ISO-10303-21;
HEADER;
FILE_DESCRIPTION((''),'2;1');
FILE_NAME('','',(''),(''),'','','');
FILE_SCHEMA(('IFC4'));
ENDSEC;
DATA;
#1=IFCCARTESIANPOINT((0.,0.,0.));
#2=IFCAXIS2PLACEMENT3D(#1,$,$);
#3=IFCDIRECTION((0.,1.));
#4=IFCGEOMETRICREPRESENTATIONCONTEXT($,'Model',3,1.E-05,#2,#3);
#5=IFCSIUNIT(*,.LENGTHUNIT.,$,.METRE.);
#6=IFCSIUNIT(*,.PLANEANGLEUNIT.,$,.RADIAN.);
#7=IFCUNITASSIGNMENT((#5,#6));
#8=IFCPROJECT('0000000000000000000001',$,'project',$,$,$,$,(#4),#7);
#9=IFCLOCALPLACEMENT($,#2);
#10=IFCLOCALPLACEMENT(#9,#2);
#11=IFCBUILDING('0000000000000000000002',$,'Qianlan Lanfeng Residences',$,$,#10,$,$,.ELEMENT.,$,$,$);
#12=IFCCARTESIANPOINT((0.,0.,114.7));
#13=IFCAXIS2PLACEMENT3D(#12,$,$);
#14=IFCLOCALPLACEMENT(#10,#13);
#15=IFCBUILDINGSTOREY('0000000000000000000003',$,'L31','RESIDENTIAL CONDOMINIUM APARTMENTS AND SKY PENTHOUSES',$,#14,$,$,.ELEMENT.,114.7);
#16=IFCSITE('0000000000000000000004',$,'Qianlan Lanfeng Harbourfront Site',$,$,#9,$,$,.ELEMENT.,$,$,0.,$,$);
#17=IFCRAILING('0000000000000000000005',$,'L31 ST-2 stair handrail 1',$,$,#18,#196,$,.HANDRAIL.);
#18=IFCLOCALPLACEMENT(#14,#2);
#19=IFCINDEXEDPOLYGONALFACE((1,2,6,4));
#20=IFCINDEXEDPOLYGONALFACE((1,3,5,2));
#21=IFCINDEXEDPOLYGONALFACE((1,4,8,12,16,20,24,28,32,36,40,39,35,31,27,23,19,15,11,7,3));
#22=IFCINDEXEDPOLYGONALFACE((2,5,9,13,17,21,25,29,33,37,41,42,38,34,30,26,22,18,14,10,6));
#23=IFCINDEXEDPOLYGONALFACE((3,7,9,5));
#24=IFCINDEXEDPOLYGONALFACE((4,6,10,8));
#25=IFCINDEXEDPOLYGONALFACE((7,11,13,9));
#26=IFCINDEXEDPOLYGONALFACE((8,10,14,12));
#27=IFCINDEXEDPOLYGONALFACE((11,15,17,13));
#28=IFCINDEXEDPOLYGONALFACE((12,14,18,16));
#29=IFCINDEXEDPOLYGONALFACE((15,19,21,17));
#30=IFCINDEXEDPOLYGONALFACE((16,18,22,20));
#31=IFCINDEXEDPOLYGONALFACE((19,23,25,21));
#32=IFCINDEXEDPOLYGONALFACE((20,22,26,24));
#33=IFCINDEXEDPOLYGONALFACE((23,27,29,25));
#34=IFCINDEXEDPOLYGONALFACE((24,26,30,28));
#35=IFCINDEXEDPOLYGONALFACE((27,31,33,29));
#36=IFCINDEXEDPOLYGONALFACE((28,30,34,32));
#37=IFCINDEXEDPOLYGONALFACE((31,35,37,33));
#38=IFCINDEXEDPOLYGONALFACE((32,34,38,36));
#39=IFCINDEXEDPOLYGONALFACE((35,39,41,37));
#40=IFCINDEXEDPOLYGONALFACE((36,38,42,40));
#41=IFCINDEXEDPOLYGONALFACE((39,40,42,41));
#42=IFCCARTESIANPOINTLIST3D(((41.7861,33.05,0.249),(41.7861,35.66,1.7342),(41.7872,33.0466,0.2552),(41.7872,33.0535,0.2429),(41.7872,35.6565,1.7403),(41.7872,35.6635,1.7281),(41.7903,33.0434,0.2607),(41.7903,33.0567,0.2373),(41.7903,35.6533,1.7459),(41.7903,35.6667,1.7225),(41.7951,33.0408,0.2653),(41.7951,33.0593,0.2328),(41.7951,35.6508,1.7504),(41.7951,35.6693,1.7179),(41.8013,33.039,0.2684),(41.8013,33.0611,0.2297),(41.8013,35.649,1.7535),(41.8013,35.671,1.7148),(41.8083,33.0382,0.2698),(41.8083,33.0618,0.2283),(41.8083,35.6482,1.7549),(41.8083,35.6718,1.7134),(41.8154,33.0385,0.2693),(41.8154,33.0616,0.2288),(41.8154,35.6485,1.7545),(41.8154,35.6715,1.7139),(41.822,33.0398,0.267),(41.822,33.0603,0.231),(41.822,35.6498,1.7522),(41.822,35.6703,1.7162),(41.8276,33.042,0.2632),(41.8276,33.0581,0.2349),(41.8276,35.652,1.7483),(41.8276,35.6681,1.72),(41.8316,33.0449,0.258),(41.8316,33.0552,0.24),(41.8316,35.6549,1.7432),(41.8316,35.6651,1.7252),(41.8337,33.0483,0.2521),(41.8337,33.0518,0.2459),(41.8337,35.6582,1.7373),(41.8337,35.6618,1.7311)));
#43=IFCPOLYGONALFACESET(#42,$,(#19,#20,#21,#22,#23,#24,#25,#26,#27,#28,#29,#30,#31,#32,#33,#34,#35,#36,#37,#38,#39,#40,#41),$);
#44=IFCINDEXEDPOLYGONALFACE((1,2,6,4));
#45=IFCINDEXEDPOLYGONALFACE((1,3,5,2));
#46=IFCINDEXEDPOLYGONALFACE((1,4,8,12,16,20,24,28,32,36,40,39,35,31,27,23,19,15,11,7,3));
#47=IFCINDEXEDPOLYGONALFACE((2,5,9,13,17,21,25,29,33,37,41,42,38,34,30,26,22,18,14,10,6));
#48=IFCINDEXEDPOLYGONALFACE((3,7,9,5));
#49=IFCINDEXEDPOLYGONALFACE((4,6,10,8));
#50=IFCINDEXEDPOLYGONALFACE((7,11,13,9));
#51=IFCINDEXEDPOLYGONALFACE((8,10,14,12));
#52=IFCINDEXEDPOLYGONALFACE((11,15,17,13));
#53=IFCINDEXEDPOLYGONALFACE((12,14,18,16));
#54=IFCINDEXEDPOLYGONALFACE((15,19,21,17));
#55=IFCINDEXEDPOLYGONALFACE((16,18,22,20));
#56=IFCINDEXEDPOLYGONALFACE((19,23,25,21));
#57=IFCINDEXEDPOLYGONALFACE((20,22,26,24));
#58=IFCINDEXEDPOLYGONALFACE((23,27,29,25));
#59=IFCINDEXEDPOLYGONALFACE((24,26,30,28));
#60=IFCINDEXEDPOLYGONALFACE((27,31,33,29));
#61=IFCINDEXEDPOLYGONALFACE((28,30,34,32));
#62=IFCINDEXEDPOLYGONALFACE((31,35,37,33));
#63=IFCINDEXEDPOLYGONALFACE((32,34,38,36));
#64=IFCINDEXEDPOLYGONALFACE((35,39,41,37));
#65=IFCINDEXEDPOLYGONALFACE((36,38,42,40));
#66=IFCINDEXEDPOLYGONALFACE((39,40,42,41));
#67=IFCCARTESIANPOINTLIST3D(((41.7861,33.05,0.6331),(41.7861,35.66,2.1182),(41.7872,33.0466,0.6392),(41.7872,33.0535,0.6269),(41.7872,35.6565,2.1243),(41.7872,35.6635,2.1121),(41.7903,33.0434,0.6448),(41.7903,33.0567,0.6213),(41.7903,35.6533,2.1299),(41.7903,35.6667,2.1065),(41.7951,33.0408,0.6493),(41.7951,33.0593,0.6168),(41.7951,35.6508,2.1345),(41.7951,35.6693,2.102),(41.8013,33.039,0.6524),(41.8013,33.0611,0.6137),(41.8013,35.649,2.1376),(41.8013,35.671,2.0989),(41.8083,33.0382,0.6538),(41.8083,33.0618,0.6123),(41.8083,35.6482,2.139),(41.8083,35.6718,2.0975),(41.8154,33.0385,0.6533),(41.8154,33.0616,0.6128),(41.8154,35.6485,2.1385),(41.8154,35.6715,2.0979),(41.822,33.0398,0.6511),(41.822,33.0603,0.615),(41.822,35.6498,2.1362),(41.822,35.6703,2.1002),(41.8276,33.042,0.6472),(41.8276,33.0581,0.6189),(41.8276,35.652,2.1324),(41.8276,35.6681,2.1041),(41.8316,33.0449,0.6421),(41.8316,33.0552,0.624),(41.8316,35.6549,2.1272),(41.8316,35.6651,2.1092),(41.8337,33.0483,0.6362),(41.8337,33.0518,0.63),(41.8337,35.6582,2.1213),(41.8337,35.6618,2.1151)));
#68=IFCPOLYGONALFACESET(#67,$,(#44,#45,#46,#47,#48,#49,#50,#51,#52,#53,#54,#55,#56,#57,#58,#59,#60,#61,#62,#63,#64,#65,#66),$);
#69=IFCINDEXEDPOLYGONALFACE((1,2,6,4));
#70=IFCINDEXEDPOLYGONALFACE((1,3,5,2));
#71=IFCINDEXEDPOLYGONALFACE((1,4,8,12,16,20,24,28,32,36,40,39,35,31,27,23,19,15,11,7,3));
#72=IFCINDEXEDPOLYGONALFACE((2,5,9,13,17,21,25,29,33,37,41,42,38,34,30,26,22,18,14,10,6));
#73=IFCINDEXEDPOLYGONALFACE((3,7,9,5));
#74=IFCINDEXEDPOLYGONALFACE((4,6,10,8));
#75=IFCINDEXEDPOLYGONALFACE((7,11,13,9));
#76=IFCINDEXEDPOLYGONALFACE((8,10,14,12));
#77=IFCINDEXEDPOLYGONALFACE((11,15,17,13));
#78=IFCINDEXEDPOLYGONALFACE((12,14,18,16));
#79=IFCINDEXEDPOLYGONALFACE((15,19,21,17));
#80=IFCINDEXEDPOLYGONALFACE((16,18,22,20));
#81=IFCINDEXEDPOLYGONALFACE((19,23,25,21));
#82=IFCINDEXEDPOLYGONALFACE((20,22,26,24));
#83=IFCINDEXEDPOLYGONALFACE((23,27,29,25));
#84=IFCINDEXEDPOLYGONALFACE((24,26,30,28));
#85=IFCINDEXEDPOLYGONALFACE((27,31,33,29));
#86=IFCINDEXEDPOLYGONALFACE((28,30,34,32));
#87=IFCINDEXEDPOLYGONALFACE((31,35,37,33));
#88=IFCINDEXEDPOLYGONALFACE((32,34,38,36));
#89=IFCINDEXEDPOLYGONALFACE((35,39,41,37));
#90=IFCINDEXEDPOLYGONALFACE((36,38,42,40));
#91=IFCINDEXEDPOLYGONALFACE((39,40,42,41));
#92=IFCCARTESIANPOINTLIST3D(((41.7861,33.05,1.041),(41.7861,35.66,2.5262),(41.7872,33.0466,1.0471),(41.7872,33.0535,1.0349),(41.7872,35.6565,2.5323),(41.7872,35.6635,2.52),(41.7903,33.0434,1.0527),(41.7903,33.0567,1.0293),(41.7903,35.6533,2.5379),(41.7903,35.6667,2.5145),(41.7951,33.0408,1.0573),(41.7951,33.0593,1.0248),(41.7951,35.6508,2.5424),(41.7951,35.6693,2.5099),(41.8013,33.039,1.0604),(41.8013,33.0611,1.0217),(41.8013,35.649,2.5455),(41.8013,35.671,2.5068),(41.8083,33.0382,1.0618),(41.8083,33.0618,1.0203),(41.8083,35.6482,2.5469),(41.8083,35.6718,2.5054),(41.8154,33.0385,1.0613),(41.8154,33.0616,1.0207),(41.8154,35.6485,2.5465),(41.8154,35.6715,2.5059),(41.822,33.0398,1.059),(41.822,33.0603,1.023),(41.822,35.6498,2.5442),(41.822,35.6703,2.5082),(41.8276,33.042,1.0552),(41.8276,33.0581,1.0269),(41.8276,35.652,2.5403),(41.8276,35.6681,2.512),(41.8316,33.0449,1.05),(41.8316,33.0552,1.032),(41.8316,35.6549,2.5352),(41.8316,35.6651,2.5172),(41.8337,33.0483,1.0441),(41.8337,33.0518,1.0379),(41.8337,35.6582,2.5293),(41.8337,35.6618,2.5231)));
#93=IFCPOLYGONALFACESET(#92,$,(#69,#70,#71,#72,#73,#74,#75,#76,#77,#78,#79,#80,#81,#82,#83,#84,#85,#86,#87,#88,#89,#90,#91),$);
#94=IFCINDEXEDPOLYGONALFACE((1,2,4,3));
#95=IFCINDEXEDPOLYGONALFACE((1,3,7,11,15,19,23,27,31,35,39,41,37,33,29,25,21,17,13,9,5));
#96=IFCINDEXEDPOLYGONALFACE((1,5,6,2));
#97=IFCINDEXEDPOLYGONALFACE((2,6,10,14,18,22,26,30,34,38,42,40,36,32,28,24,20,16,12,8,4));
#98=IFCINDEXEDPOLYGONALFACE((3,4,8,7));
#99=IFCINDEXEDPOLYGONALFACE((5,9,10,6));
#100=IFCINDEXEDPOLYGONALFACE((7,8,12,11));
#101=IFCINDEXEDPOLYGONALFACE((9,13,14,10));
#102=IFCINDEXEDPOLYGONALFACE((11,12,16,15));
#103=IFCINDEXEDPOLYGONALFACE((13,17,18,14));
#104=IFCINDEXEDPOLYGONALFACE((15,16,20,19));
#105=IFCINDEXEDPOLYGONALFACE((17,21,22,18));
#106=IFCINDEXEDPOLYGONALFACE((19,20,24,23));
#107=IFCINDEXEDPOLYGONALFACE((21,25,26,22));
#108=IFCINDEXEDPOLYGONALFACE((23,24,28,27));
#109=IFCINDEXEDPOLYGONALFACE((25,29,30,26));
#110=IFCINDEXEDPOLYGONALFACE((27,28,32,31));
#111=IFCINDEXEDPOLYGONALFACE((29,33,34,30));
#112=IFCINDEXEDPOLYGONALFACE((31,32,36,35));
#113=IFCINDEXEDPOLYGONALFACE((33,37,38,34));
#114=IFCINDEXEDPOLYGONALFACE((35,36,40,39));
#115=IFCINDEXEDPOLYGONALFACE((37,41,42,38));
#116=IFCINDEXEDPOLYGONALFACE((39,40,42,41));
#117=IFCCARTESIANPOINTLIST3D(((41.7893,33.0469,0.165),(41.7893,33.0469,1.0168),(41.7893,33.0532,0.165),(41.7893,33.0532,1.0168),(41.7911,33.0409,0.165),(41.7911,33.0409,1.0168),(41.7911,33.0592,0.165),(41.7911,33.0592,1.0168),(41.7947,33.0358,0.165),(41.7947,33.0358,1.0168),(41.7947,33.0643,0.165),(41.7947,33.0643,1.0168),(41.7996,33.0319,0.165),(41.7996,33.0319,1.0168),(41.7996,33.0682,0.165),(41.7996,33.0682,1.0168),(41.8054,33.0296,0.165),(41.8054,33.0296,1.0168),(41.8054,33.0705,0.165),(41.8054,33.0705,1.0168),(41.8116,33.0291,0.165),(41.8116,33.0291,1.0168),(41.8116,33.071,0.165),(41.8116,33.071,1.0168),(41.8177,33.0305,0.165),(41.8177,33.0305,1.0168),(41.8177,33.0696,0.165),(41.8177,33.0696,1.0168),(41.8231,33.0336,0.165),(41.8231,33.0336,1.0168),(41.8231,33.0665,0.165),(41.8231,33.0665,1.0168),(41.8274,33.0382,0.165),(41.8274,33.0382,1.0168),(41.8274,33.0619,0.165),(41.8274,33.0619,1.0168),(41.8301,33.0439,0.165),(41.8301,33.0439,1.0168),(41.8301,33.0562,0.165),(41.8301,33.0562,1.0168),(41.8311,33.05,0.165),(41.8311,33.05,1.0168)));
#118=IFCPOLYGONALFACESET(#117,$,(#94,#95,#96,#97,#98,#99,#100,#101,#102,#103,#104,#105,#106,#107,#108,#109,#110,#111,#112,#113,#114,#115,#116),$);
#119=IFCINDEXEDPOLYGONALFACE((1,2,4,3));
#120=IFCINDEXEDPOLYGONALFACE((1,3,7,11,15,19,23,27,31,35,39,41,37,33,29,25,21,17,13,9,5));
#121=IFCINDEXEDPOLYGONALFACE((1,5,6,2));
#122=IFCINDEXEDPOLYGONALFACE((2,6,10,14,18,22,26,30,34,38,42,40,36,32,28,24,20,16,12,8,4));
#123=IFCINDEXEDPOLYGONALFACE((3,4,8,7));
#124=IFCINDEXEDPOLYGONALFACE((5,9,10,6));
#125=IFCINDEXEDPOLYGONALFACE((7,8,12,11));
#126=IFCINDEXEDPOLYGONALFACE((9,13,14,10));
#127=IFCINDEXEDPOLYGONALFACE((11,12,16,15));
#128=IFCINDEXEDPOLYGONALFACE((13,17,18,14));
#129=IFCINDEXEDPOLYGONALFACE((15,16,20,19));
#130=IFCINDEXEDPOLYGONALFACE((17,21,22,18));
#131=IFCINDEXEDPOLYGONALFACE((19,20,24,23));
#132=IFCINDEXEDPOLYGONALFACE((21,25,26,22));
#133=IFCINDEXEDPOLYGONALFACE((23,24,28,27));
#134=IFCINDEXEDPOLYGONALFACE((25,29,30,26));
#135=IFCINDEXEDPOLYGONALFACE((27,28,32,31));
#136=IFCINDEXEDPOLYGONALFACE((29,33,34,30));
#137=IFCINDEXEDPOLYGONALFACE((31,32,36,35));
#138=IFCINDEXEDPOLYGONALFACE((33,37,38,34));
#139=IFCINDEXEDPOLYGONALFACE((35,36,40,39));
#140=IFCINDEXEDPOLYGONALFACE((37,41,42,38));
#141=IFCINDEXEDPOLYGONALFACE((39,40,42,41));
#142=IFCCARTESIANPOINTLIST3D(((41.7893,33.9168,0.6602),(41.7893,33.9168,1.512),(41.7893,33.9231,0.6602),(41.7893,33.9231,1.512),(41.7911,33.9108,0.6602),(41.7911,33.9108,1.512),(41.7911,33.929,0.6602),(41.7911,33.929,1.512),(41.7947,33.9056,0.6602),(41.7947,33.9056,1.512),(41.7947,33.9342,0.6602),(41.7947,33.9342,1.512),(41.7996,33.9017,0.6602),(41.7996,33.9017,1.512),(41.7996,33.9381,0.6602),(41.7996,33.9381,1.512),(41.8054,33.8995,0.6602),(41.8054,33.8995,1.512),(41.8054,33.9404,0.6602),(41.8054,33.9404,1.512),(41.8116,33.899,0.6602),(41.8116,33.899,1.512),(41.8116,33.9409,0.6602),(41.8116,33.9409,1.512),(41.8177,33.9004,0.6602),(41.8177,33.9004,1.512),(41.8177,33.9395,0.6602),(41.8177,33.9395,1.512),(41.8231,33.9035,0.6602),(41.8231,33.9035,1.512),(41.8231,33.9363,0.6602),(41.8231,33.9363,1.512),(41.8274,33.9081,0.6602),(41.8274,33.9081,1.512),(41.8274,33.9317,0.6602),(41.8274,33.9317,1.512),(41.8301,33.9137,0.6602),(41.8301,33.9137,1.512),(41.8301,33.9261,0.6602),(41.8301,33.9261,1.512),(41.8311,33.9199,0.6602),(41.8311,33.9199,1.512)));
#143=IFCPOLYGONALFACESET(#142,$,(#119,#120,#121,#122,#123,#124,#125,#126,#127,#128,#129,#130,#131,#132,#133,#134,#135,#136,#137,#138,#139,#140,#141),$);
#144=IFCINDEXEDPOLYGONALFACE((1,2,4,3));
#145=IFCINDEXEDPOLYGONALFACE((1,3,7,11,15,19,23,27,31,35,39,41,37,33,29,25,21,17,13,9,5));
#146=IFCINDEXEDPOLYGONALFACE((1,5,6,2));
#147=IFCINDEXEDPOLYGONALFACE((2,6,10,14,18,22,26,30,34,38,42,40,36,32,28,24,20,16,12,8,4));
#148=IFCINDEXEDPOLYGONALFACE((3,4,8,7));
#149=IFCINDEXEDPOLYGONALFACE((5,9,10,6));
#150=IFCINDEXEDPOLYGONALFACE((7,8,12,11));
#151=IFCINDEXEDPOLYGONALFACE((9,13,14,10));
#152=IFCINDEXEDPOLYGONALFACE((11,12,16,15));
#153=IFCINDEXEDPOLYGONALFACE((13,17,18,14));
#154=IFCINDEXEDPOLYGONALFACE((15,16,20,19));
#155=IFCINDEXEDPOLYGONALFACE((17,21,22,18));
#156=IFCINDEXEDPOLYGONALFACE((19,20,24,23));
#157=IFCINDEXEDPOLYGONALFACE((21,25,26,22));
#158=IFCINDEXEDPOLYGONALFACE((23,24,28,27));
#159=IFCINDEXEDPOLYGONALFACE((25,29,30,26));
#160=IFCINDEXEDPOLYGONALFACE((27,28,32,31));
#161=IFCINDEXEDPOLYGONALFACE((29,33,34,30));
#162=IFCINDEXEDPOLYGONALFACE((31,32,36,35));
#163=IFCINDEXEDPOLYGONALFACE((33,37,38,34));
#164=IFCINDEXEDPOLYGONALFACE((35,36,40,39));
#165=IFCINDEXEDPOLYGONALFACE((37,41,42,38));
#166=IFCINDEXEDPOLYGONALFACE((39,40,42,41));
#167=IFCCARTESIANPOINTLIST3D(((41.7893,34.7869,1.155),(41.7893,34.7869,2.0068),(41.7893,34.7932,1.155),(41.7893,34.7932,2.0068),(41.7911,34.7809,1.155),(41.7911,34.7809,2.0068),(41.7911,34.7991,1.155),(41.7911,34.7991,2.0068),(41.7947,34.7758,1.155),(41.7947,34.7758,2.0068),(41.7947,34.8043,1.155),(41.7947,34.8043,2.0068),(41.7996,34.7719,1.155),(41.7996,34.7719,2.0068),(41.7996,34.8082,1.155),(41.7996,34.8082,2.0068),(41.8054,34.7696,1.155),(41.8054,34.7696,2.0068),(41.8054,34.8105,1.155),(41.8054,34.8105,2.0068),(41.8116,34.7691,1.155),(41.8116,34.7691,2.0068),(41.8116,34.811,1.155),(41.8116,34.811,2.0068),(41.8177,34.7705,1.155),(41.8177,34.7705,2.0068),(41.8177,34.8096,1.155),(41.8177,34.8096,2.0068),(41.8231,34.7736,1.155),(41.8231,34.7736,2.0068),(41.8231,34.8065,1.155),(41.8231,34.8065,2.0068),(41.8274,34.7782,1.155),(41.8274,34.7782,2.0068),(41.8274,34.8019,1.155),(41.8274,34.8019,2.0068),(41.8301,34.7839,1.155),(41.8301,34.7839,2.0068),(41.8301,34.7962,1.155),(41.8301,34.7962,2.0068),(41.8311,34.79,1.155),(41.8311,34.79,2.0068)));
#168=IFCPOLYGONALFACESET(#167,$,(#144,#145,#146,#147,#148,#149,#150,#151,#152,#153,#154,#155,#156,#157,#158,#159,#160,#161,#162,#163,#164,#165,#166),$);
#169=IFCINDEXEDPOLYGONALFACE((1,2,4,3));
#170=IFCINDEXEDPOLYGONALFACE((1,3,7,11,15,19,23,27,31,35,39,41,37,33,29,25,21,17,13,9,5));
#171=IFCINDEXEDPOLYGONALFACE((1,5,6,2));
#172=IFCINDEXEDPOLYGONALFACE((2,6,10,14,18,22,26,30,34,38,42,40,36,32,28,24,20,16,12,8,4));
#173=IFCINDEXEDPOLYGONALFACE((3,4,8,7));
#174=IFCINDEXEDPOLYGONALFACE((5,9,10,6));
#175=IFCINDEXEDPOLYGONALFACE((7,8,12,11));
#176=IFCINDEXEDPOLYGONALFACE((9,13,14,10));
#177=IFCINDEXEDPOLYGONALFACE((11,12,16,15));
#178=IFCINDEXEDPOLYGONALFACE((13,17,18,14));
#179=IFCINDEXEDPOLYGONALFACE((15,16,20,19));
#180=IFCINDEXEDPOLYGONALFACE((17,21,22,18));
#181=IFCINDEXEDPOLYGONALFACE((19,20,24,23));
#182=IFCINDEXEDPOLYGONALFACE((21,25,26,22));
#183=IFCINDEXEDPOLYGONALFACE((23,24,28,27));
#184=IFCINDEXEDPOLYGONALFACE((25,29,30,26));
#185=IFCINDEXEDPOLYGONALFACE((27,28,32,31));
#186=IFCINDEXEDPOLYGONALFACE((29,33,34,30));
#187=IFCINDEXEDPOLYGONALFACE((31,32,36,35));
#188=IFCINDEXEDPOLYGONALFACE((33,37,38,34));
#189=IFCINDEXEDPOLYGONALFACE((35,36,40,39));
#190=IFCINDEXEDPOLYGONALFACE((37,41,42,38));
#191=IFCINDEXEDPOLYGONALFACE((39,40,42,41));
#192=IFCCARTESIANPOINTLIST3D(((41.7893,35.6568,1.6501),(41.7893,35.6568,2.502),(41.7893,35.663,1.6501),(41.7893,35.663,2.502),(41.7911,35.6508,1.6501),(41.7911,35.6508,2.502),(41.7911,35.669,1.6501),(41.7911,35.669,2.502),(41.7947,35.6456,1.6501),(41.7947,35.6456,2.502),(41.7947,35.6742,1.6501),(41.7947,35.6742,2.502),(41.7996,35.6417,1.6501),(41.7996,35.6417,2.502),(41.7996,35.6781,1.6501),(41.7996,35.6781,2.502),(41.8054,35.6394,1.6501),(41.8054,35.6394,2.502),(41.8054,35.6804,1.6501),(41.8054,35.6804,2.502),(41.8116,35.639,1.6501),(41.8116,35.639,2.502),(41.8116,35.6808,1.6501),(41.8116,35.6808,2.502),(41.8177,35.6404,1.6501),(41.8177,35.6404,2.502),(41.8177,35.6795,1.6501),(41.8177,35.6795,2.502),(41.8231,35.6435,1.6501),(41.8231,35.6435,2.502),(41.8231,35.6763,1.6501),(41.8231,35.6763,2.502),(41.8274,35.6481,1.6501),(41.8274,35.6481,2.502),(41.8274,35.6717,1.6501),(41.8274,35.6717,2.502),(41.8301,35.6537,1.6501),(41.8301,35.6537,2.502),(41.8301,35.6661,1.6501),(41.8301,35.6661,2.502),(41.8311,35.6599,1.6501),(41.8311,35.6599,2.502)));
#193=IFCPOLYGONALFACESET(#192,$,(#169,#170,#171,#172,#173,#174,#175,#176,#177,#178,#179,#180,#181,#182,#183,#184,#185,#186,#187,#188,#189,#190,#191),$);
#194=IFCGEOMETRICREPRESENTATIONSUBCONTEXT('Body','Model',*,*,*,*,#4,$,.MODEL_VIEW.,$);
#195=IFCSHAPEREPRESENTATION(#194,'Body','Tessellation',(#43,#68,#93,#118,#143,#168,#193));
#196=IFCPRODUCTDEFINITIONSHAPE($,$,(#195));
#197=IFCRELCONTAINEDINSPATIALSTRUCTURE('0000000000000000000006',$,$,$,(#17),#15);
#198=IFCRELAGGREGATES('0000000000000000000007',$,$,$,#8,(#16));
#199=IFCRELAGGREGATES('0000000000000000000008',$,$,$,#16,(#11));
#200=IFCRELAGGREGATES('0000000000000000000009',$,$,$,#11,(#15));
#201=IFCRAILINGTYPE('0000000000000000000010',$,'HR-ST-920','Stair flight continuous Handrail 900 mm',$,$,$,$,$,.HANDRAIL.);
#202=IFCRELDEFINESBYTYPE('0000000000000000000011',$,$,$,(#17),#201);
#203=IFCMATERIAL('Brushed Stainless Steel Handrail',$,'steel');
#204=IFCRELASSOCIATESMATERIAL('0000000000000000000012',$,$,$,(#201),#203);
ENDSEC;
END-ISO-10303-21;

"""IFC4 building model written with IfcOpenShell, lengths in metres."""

from ifc_helpers import new_model, si_unit, direction, frame, origin, origin_2d, place, context, subcontext, project, spatial, circle, extrude, material, type_object, element, save


model = new_model("IFC4")

# Units and contexts
model_context = context("Model", 3, precision=1e-05, world=origin(), true_north=direction((0.0, 1.0)))
body_context = subcontext(model_context, "Body", "Model", "MODEL_VIEW")
ifc_project = project(units=[si_unit("LENGTHUNIT", "METRE"), si_unit("PLANEANGLEUNIT", "RADIAN")], contexts=[model_context])

# Site, building, storey
site_placement = place(None, origin())
site = spatial("IfcSite", under=ifc_project, at=site_placement, Name="Qianlan Lanfeng Harbourfront Site", CompositionType="ELEMENT", RefElevation=0.0)
building_placement = place(site_placement, origin())
building = spatial("IfcBuilding", under=site, at=building_placement, Name="Qianlan Lanfeng Residences", CompositionType="ELEMENT")
storey_placement = place(building_placement, frame((0.0, 0.0, 114.7)))
storey = spatial("IfcBuildingStorey", under=building, at=storey_placement, Name="L31", Description="RESIDENTIAL CONDOMINIUM APARTMENTS AND SKY PENTHOUSES", CompositionType="ELEMENT", Elevation=114.7)

# Railing
ifc_material_1 = material(Name="Brushed Stainless Steel Handrail", Category="steel")
railing_type_1 = type_object("IfcRailingType", Name="HR-ST-920", Description="Stair flight continuous Handrail 900 mm", PredefinedType="HANDRAIL", material=ifc_material_1)
railing_1_placement = place(storey_placement, frame((41.8101, 33.05, 0.165)))
element("IfcRailing", 1, at=railing_1_placement, inside=storey, type_object=railing_type_1, Name="L31 ST-2 stair handrail 1", PredefinedType="HANDRAIL", context=body_context, shape_type="SweptSolid", body=[
    extrude(circle(Radius=0.0239, at=origin_2d()), frame((0.0, 0.0, 0.084), z_axis=(0.0, 0.869137, 0.494571), x_axis=(-1.0, 0.0, 0.0)), (0.0, 0.0, 1.0), 3.0029),
    extrude(circle(Radius=0.0239, at=origin_2d()), frame((0.0, 0.0, 0.468), z_axis=(0.0, 0.869137, 0.494571), x_axis=(-1.0, 0.0, 0.0)), (0.0, 0.0, 1.0), 3.0029),
    extrude(circle(Radius=0.0239, at=origin_2d()), frame((0.0, 0.0, 0.876), z_axis=(0.0, 0.869137, 0.494571), x_axis=(-1.0, 0.0, 0.0)), (0.0, 0.0, 1.0), 3.0029),
    extrude(circle(Radius=0.021, at=origin_2d()), origin(), (0.0, 0.0, 1.0), 0.8518),
    extrude(circle(Radius=0.021, at=origin_2d()), frame((0.0, 0.8699, 0.4951)), (0.0, 0.0, 1.0), 0.8518),
    extrude(circle(Radius=0.021, at=origin_2d()), frame((0.0, 1.74, 0.99)), (0.0, 0.0, 1.0), 0.8518),
    extrude(circle(Radius=0.021, at=origin_2d()), frame((0.0, 2.6099, 1.4851)), (0.0, 0.0, 1.0), 0.8518),
])

save(model, "model.ifc")
